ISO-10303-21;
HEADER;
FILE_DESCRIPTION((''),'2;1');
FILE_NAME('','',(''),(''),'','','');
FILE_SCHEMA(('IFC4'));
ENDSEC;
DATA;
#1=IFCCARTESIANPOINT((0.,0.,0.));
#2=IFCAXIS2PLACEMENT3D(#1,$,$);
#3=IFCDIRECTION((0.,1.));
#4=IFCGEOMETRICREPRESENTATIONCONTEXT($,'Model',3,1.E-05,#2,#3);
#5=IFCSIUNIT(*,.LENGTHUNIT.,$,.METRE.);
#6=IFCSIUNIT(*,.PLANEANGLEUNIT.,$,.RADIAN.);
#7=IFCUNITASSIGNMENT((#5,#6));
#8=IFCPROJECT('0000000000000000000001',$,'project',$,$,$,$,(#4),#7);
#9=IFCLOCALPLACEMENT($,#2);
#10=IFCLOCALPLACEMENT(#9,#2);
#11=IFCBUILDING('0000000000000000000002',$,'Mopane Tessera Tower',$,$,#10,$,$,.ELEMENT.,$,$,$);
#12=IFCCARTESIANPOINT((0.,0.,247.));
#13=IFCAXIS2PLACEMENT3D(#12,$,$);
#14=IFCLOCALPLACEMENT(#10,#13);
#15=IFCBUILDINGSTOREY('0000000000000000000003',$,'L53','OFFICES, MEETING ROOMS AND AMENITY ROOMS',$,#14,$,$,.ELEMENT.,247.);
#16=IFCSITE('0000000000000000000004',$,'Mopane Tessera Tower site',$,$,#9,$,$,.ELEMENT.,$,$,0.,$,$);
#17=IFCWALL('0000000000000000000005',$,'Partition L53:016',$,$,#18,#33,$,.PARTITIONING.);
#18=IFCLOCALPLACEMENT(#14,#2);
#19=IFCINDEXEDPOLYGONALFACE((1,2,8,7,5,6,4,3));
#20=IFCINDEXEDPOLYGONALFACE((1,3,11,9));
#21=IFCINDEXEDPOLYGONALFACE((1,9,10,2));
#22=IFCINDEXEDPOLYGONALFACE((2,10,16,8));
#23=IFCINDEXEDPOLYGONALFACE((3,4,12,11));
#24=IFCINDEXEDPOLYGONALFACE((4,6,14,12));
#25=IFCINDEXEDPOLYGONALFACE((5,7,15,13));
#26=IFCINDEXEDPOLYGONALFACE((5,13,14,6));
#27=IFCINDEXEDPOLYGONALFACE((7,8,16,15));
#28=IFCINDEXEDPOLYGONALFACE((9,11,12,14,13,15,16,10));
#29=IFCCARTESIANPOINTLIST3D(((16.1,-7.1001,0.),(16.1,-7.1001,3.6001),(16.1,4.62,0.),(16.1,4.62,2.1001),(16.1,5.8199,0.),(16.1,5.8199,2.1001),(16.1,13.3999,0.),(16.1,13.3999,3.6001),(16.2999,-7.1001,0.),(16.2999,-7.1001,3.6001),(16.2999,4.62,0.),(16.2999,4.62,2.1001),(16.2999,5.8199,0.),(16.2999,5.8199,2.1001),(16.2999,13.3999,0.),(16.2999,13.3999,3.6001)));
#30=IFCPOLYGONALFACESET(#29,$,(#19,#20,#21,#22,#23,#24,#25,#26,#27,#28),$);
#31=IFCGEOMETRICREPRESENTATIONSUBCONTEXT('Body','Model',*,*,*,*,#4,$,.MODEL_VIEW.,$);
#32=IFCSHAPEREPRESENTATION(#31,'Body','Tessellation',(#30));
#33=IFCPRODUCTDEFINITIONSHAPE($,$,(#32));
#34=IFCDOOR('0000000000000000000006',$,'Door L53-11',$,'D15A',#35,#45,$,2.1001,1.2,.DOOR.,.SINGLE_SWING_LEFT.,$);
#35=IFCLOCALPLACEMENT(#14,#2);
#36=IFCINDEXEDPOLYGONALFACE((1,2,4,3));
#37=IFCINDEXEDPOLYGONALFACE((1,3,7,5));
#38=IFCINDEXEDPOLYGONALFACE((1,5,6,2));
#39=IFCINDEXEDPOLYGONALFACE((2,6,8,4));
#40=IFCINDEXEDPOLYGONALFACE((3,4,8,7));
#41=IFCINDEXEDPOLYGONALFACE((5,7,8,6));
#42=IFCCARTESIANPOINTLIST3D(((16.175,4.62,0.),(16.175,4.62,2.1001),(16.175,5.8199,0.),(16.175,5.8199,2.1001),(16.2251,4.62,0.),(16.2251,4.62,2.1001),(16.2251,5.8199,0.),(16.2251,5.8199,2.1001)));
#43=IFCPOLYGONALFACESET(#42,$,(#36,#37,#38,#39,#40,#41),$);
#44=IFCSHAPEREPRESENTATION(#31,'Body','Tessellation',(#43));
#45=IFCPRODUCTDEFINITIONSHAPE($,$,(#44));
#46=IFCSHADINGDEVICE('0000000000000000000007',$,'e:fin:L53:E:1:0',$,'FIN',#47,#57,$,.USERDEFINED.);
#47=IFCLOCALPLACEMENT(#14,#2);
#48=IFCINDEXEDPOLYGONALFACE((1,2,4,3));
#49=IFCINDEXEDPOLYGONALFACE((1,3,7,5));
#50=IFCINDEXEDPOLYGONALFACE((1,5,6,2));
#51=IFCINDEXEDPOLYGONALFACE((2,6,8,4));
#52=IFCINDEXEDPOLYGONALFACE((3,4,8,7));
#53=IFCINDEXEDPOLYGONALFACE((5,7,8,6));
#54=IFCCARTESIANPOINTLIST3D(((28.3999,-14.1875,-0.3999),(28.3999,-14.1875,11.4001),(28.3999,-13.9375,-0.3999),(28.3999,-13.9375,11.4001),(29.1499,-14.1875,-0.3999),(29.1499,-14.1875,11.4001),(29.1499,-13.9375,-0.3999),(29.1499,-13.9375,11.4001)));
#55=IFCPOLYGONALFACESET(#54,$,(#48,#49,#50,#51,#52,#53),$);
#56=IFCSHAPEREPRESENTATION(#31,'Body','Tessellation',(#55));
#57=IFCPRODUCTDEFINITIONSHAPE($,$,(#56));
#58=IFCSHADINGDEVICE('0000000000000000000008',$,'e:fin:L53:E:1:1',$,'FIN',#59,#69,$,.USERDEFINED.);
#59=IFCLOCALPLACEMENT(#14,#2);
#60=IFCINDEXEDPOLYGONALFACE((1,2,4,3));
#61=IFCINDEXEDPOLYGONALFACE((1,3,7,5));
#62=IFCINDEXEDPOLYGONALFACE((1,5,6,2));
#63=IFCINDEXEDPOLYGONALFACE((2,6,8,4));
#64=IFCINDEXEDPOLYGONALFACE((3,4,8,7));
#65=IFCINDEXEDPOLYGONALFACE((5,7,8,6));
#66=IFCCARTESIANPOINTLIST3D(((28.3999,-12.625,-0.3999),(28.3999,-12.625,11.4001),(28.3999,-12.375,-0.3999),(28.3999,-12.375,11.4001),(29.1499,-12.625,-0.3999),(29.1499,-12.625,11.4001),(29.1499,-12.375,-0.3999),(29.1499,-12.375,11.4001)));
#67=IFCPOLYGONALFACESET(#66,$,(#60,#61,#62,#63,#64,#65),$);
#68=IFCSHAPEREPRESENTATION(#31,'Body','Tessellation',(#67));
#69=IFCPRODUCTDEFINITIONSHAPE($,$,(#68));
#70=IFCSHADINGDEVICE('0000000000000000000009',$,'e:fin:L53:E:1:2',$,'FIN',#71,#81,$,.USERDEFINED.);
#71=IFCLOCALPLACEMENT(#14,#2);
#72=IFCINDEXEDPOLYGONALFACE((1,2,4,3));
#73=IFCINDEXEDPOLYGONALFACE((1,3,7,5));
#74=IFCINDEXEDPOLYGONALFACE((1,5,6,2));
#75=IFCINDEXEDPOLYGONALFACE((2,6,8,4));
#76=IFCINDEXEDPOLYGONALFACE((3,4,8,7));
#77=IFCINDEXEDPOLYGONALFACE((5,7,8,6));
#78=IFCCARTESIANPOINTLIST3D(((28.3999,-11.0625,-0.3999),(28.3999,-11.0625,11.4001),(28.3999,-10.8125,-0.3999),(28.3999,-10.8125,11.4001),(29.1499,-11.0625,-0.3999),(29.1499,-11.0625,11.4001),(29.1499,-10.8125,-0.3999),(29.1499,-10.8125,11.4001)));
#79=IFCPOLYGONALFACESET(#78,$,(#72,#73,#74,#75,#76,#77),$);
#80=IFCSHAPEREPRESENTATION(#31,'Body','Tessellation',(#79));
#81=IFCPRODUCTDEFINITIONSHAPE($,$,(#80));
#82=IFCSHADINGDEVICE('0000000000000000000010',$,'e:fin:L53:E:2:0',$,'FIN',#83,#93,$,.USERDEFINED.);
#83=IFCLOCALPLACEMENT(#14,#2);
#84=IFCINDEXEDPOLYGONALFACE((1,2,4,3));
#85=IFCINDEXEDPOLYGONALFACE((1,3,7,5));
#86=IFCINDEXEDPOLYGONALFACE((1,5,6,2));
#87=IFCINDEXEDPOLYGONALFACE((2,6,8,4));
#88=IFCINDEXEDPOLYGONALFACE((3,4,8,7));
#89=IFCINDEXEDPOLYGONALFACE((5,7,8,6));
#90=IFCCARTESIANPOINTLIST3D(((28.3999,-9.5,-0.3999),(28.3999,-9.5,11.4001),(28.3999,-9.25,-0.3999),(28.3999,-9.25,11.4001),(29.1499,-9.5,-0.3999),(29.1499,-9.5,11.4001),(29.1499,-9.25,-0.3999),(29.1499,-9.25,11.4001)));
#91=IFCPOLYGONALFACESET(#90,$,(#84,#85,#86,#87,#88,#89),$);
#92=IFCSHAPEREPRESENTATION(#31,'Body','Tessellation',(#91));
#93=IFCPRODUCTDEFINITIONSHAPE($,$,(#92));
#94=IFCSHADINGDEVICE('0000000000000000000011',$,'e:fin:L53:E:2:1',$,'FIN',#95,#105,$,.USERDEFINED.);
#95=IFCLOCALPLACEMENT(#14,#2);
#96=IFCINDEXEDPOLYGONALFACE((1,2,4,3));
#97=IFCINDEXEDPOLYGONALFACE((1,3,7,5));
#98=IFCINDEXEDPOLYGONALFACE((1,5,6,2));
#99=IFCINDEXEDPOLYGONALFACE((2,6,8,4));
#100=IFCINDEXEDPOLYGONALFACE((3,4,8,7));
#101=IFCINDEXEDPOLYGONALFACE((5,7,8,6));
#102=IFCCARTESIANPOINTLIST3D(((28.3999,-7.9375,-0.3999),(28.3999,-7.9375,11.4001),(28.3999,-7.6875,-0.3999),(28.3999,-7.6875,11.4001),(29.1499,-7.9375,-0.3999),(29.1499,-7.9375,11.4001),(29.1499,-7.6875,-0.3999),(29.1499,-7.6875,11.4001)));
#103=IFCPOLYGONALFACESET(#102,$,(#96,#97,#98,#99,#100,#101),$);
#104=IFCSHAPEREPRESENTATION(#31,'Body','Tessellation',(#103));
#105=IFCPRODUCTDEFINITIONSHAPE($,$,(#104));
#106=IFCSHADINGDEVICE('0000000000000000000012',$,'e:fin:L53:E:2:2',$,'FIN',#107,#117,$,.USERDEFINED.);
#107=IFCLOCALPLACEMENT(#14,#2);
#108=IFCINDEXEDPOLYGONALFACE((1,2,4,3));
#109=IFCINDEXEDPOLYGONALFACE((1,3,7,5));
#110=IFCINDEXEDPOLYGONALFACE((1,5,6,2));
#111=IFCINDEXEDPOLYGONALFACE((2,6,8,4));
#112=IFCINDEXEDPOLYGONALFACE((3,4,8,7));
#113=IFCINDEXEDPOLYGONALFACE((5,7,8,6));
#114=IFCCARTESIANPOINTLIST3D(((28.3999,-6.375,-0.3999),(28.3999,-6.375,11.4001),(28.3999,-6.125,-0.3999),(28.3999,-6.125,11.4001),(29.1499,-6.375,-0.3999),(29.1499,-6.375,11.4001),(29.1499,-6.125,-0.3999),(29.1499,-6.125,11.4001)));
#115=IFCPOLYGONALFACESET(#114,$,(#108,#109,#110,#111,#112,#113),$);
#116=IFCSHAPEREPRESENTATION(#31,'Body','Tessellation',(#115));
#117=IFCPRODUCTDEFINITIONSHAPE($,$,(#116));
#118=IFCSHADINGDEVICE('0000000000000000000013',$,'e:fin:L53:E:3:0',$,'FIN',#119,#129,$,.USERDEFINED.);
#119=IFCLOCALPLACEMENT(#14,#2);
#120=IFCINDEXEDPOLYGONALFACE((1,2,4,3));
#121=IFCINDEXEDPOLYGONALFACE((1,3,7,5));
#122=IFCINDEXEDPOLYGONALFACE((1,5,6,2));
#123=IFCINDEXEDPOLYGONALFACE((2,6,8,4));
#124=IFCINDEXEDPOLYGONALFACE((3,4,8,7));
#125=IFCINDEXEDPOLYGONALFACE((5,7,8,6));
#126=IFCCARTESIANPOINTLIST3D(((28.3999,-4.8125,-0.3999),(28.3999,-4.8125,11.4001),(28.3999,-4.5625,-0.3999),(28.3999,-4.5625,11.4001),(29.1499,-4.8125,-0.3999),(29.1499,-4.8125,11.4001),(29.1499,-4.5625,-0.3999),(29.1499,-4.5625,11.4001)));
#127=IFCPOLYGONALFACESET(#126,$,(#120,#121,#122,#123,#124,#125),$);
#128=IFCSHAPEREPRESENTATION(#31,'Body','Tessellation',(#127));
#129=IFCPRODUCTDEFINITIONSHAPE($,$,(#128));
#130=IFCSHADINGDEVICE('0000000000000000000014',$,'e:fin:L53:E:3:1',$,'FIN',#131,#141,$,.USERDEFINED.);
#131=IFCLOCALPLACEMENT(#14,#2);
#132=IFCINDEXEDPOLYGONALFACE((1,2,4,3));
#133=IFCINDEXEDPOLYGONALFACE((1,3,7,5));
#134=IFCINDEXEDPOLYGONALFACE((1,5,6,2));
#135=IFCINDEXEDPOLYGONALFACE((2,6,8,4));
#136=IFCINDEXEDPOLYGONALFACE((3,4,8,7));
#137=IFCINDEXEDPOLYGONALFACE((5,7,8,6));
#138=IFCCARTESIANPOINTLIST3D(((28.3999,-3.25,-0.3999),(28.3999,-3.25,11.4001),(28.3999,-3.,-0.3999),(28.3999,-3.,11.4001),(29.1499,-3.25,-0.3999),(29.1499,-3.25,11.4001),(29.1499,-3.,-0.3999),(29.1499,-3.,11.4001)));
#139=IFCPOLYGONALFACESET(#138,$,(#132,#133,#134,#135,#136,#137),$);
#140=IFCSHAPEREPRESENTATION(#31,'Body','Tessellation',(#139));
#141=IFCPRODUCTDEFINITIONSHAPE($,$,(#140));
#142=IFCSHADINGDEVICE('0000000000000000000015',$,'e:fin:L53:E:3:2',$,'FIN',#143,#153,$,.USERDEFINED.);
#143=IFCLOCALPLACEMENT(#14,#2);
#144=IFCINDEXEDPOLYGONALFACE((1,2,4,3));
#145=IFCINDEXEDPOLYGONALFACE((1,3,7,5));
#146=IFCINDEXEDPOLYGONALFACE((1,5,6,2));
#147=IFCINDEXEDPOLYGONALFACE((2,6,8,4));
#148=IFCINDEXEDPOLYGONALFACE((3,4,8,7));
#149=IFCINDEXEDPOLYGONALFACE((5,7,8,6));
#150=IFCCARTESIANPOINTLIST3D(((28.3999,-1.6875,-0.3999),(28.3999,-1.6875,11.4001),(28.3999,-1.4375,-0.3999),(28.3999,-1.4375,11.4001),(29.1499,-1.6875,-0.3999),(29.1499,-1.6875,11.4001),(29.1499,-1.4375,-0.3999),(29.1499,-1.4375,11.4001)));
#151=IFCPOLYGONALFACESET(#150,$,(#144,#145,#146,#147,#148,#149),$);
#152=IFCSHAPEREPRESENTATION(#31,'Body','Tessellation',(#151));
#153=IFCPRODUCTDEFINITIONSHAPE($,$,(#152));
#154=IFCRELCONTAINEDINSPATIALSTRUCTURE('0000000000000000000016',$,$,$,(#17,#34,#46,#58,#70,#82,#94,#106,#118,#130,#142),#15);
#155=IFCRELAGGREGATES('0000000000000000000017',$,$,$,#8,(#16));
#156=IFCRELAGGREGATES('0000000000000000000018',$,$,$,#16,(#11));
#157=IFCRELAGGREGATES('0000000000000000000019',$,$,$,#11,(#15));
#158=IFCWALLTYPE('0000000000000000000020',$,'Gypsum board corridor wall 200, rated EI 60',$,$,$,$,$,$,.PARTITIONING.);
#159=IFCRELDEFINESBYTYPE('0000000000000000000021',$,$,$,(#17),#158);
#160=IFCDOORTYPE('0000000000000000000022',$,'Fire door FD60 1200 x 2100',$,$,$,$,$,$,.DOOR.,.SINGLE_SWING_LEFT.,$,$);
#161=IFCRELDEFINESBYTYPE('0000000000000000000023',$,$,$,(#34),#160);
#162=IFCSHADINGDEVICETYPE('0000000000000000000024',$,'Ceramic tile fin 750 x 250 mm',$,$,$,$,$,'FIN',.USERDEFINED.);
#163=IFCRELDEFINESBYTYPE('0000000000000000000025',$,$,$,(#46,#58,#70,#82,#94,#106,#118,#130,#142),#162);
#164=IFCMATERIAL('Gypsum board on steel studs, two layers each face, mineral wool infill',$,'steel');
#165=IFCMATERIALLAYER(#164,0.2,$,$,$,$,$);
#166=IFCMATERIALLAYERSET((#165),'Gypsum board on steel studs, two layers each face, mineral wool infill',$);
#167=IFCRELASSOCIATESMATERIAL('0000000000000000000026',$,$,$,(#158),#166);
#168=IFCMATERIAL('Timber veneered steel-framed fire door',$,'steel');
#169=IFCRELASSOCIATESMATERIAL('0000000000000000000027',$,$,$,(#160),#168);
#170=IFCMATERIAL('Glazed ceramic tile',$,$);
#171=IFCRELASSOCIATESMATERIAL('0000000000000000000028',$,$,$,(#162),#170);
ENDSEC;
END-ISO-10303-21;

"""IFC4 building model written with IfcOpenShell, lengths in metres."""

from ifc_helpers import new_model, si_unit, direction, frame, frame_2d, origin, origin_2d, place, context, subcontext, project, spatial, rectangle, extrude, material, layer, layer_set, type_object, element, fill, save


model = new_model("IFC4")

# Units and contexts
model_context = context("Model", 3, precision=1e-05, world=origin(), true_north=direction((0.0, 1.0)))
body_context = subcontext(model_context, "Body", "Model", "MODEL_VIEW")
ifc_project = project(units=[si_unit("LENGTHUNIT", "METRE"), si_unit("PLANEANGLEUNIT", "RADIAN")], contexts=[model_context])

# Site, building, storey
site_placement = place(None, origin())
site = spatial("IfcSite", under=ifc_project, at=site_placement, Name="Mopane Tessera Tower site", CompositionType="ELEMENT", RefElevation=0.0)
building_placement = place(site_placement, origin())
building = spatial("IfcBuilding", under=site, at=building_placement, Name="Mopane Tessera Tower", CompositionType="ELEMENT")
storey_placement = place(building_placement, frame((0.0, 0.0, 247.0)))
storey = spatial("IfcBuildingStorey", under=building, at=storey_placement, Name="L53", Description="OFFICES, MEETING ROOMS AND AMENITY ROOMS", CompositionType="ELEMENT", Elevation=247.0)

# Wall, opening, door
ifc_material_1 = material(Name="Gypsum board on steel studs, two layers each face, mineral wool infill", Category="steel")
ifc_layer_1 = layer(ifc_material_1, 0.2)
ifc_layer_set_1 = layer_set([ifc_layer_1], Name="Gypsum board on steel studs, two layers each face, mineral wool infill")
wall_type = type_object("IfcWallType", Name="Gypsum board corridor wall 200, rated EI 60", PredefinedType="PARTITIONING", material=ifc_layer_set_1)
wall_1_placement = place(storey_placement, frame((16.2, -7.1001, 0.0), z_axis=(0.0, 0.0, 1.0), x_axis=(0.0, 1.0, 0.0)))
wall_1 = element("IfcWall", 1, at=wall_1_placement, inside=storey, type_object=wall_type, Name="Partition L53:016", PredefinedType="PARTITIONING", context=body_context, shape_type="SweptSolid", body=[
    extrude(rectangle(XDim=20.5, YDim=0.2, at=frame_2d((10.25, 0.0))), origin(), (0.0, 0.0, 1.0), 3.6001),
])
opening_1_placement = place(wall_1_placement, frame((11.72, 0.0, 0.0)))
opening_1 = element("IfcOpeningElement", 2, at=opening_1_placement, cuts=wall_1, PredefinedType="OPENING", context=body_context, shape_type="SweptSolid", body=[
    extrude(rectangle(XDim=1.2, YDim=2.1001, at=frame_2d((0.6001, 1.05))), frame((0.0, 0.1121, 0.0), z_axis=(0.0, -1.0, 0.0), x_axis=(1.0, 0.0, 0.0)), (0.0, 0.0, 1.0), 0.2239),
])
ifc_material_2 = material(Name="Timber veneered steel-framed fire door", Category="steel")
door_type_1 = type_object("IfcDoorType", Name="Fire door FD60 1200 x 2100", OperationType="SINGLE_SWING_LEFT", PredefinedType="DOOR", material=ifc_material_2)
door_1_placement = place(opening_1_placement, origin())
door_1 = element("IfcDoor", 3, at=door_1_placement, inside=storey, type_object=door_type_1, Name="Door L53-11", ObjectType="D15A", OperationType="SINGLE_SWING_LEFT", OverallHeight=2.1001, OverallWidth=1.2, PredefinedType="DOOR", context=body_context, shape_type="SweptSolid", body=[
    extrude(rectangle(XDim=1.2, YDim=2.1001, at=frame_2d((0.6001, 1.05))), frame((0.0, 0.0249, 0.0), z_axis=(0.0, -1.0, 0.0), x_axis=(1.0, 0.0, 0.0)), (0.0, 0.0, 1.0), 0.05),
])
fill(opening_1, door_1)

# Shading devices
ifc_material_3 = material(Name="Glazed ceramic tile")
shading_device_type = type_object("IfcShadingDeviceType", Name="Ceramic tile fin 750 x 250 mm", ElementType="FIN", PredefinedType="USERDEFINED", material=ifc_material_3)
for number, where, z_axis, x_axis, name in (
    (4, (28.7749, -14.0625, -0.3999), (0.0, 0.0, 1.0), (0.0, 1.0, 0.0), "e:fin:L53:E:1:0"),
    (5, (28.7749, -12.5, -0.3999), (0.0, 0.0, 1.0), (0.0, 1.0, 0.0), "e:fin:L53:E:1:1"),
    (6, (28.7749, -10.9375, -0.3999), (0.0, 0.0, 1.0), (0.0, 1.0, 0.0), "e:fin:L53:E:1:2"),
    (7, (28.7749, -9.375, -0.3999), (0.0, 0.0, 1.0), (0.0, 1.0, 0.0), "e:fin:L53:E:2:0"),
    (8, (28.7749, -7.8125, -0.3999), (0.0, 0.0, 1.0), (0.0, 1.0, 0.0), "e:fin:L53:E:2:1"),
    (9, (28.7749, -6.25, -0.3999), (0.0, 0.0, 1.0), (0.0, 1.0, 0.0), "e:fin:L53:E:2:2"),
    (10, (28.7749, -4.6875, -0.3999), (0.0, 0.0, 1.0), (0.0, 1.0, 0.0), "e:fin:L53:E:3:0"),
    (11, (28.7749, -3.125, -0.3999), (0.0, 0.0, 1.0), (0.0, 1.0, 0.0), "e:fin:L53:E:3:1"),
    (12, (28.7749, -1.5625, -0.3999), (0.0, 0.0, 1.0), (0.0, 1.0, 0.0), "e:fin:L53:E:3:2"),
):
    element("IfcShadingDevice", number, at=place(storey_placement, frame(where, z_axis=z_axis, x_axis=x_axis)), inside=storey, type_object=shading_device_type, Name=name, ObjectType="FIN", PredefinedType="USERDEFINED", context=body_context, shape_type="SweptSolid", body=[
        extrude(rectangle(XDim=0.25, YDim=0.75, at=origin_2d()), origin(), (0.0, 0.0, 1.0), 11.8),
    ])

save(model, "model.ifc")
